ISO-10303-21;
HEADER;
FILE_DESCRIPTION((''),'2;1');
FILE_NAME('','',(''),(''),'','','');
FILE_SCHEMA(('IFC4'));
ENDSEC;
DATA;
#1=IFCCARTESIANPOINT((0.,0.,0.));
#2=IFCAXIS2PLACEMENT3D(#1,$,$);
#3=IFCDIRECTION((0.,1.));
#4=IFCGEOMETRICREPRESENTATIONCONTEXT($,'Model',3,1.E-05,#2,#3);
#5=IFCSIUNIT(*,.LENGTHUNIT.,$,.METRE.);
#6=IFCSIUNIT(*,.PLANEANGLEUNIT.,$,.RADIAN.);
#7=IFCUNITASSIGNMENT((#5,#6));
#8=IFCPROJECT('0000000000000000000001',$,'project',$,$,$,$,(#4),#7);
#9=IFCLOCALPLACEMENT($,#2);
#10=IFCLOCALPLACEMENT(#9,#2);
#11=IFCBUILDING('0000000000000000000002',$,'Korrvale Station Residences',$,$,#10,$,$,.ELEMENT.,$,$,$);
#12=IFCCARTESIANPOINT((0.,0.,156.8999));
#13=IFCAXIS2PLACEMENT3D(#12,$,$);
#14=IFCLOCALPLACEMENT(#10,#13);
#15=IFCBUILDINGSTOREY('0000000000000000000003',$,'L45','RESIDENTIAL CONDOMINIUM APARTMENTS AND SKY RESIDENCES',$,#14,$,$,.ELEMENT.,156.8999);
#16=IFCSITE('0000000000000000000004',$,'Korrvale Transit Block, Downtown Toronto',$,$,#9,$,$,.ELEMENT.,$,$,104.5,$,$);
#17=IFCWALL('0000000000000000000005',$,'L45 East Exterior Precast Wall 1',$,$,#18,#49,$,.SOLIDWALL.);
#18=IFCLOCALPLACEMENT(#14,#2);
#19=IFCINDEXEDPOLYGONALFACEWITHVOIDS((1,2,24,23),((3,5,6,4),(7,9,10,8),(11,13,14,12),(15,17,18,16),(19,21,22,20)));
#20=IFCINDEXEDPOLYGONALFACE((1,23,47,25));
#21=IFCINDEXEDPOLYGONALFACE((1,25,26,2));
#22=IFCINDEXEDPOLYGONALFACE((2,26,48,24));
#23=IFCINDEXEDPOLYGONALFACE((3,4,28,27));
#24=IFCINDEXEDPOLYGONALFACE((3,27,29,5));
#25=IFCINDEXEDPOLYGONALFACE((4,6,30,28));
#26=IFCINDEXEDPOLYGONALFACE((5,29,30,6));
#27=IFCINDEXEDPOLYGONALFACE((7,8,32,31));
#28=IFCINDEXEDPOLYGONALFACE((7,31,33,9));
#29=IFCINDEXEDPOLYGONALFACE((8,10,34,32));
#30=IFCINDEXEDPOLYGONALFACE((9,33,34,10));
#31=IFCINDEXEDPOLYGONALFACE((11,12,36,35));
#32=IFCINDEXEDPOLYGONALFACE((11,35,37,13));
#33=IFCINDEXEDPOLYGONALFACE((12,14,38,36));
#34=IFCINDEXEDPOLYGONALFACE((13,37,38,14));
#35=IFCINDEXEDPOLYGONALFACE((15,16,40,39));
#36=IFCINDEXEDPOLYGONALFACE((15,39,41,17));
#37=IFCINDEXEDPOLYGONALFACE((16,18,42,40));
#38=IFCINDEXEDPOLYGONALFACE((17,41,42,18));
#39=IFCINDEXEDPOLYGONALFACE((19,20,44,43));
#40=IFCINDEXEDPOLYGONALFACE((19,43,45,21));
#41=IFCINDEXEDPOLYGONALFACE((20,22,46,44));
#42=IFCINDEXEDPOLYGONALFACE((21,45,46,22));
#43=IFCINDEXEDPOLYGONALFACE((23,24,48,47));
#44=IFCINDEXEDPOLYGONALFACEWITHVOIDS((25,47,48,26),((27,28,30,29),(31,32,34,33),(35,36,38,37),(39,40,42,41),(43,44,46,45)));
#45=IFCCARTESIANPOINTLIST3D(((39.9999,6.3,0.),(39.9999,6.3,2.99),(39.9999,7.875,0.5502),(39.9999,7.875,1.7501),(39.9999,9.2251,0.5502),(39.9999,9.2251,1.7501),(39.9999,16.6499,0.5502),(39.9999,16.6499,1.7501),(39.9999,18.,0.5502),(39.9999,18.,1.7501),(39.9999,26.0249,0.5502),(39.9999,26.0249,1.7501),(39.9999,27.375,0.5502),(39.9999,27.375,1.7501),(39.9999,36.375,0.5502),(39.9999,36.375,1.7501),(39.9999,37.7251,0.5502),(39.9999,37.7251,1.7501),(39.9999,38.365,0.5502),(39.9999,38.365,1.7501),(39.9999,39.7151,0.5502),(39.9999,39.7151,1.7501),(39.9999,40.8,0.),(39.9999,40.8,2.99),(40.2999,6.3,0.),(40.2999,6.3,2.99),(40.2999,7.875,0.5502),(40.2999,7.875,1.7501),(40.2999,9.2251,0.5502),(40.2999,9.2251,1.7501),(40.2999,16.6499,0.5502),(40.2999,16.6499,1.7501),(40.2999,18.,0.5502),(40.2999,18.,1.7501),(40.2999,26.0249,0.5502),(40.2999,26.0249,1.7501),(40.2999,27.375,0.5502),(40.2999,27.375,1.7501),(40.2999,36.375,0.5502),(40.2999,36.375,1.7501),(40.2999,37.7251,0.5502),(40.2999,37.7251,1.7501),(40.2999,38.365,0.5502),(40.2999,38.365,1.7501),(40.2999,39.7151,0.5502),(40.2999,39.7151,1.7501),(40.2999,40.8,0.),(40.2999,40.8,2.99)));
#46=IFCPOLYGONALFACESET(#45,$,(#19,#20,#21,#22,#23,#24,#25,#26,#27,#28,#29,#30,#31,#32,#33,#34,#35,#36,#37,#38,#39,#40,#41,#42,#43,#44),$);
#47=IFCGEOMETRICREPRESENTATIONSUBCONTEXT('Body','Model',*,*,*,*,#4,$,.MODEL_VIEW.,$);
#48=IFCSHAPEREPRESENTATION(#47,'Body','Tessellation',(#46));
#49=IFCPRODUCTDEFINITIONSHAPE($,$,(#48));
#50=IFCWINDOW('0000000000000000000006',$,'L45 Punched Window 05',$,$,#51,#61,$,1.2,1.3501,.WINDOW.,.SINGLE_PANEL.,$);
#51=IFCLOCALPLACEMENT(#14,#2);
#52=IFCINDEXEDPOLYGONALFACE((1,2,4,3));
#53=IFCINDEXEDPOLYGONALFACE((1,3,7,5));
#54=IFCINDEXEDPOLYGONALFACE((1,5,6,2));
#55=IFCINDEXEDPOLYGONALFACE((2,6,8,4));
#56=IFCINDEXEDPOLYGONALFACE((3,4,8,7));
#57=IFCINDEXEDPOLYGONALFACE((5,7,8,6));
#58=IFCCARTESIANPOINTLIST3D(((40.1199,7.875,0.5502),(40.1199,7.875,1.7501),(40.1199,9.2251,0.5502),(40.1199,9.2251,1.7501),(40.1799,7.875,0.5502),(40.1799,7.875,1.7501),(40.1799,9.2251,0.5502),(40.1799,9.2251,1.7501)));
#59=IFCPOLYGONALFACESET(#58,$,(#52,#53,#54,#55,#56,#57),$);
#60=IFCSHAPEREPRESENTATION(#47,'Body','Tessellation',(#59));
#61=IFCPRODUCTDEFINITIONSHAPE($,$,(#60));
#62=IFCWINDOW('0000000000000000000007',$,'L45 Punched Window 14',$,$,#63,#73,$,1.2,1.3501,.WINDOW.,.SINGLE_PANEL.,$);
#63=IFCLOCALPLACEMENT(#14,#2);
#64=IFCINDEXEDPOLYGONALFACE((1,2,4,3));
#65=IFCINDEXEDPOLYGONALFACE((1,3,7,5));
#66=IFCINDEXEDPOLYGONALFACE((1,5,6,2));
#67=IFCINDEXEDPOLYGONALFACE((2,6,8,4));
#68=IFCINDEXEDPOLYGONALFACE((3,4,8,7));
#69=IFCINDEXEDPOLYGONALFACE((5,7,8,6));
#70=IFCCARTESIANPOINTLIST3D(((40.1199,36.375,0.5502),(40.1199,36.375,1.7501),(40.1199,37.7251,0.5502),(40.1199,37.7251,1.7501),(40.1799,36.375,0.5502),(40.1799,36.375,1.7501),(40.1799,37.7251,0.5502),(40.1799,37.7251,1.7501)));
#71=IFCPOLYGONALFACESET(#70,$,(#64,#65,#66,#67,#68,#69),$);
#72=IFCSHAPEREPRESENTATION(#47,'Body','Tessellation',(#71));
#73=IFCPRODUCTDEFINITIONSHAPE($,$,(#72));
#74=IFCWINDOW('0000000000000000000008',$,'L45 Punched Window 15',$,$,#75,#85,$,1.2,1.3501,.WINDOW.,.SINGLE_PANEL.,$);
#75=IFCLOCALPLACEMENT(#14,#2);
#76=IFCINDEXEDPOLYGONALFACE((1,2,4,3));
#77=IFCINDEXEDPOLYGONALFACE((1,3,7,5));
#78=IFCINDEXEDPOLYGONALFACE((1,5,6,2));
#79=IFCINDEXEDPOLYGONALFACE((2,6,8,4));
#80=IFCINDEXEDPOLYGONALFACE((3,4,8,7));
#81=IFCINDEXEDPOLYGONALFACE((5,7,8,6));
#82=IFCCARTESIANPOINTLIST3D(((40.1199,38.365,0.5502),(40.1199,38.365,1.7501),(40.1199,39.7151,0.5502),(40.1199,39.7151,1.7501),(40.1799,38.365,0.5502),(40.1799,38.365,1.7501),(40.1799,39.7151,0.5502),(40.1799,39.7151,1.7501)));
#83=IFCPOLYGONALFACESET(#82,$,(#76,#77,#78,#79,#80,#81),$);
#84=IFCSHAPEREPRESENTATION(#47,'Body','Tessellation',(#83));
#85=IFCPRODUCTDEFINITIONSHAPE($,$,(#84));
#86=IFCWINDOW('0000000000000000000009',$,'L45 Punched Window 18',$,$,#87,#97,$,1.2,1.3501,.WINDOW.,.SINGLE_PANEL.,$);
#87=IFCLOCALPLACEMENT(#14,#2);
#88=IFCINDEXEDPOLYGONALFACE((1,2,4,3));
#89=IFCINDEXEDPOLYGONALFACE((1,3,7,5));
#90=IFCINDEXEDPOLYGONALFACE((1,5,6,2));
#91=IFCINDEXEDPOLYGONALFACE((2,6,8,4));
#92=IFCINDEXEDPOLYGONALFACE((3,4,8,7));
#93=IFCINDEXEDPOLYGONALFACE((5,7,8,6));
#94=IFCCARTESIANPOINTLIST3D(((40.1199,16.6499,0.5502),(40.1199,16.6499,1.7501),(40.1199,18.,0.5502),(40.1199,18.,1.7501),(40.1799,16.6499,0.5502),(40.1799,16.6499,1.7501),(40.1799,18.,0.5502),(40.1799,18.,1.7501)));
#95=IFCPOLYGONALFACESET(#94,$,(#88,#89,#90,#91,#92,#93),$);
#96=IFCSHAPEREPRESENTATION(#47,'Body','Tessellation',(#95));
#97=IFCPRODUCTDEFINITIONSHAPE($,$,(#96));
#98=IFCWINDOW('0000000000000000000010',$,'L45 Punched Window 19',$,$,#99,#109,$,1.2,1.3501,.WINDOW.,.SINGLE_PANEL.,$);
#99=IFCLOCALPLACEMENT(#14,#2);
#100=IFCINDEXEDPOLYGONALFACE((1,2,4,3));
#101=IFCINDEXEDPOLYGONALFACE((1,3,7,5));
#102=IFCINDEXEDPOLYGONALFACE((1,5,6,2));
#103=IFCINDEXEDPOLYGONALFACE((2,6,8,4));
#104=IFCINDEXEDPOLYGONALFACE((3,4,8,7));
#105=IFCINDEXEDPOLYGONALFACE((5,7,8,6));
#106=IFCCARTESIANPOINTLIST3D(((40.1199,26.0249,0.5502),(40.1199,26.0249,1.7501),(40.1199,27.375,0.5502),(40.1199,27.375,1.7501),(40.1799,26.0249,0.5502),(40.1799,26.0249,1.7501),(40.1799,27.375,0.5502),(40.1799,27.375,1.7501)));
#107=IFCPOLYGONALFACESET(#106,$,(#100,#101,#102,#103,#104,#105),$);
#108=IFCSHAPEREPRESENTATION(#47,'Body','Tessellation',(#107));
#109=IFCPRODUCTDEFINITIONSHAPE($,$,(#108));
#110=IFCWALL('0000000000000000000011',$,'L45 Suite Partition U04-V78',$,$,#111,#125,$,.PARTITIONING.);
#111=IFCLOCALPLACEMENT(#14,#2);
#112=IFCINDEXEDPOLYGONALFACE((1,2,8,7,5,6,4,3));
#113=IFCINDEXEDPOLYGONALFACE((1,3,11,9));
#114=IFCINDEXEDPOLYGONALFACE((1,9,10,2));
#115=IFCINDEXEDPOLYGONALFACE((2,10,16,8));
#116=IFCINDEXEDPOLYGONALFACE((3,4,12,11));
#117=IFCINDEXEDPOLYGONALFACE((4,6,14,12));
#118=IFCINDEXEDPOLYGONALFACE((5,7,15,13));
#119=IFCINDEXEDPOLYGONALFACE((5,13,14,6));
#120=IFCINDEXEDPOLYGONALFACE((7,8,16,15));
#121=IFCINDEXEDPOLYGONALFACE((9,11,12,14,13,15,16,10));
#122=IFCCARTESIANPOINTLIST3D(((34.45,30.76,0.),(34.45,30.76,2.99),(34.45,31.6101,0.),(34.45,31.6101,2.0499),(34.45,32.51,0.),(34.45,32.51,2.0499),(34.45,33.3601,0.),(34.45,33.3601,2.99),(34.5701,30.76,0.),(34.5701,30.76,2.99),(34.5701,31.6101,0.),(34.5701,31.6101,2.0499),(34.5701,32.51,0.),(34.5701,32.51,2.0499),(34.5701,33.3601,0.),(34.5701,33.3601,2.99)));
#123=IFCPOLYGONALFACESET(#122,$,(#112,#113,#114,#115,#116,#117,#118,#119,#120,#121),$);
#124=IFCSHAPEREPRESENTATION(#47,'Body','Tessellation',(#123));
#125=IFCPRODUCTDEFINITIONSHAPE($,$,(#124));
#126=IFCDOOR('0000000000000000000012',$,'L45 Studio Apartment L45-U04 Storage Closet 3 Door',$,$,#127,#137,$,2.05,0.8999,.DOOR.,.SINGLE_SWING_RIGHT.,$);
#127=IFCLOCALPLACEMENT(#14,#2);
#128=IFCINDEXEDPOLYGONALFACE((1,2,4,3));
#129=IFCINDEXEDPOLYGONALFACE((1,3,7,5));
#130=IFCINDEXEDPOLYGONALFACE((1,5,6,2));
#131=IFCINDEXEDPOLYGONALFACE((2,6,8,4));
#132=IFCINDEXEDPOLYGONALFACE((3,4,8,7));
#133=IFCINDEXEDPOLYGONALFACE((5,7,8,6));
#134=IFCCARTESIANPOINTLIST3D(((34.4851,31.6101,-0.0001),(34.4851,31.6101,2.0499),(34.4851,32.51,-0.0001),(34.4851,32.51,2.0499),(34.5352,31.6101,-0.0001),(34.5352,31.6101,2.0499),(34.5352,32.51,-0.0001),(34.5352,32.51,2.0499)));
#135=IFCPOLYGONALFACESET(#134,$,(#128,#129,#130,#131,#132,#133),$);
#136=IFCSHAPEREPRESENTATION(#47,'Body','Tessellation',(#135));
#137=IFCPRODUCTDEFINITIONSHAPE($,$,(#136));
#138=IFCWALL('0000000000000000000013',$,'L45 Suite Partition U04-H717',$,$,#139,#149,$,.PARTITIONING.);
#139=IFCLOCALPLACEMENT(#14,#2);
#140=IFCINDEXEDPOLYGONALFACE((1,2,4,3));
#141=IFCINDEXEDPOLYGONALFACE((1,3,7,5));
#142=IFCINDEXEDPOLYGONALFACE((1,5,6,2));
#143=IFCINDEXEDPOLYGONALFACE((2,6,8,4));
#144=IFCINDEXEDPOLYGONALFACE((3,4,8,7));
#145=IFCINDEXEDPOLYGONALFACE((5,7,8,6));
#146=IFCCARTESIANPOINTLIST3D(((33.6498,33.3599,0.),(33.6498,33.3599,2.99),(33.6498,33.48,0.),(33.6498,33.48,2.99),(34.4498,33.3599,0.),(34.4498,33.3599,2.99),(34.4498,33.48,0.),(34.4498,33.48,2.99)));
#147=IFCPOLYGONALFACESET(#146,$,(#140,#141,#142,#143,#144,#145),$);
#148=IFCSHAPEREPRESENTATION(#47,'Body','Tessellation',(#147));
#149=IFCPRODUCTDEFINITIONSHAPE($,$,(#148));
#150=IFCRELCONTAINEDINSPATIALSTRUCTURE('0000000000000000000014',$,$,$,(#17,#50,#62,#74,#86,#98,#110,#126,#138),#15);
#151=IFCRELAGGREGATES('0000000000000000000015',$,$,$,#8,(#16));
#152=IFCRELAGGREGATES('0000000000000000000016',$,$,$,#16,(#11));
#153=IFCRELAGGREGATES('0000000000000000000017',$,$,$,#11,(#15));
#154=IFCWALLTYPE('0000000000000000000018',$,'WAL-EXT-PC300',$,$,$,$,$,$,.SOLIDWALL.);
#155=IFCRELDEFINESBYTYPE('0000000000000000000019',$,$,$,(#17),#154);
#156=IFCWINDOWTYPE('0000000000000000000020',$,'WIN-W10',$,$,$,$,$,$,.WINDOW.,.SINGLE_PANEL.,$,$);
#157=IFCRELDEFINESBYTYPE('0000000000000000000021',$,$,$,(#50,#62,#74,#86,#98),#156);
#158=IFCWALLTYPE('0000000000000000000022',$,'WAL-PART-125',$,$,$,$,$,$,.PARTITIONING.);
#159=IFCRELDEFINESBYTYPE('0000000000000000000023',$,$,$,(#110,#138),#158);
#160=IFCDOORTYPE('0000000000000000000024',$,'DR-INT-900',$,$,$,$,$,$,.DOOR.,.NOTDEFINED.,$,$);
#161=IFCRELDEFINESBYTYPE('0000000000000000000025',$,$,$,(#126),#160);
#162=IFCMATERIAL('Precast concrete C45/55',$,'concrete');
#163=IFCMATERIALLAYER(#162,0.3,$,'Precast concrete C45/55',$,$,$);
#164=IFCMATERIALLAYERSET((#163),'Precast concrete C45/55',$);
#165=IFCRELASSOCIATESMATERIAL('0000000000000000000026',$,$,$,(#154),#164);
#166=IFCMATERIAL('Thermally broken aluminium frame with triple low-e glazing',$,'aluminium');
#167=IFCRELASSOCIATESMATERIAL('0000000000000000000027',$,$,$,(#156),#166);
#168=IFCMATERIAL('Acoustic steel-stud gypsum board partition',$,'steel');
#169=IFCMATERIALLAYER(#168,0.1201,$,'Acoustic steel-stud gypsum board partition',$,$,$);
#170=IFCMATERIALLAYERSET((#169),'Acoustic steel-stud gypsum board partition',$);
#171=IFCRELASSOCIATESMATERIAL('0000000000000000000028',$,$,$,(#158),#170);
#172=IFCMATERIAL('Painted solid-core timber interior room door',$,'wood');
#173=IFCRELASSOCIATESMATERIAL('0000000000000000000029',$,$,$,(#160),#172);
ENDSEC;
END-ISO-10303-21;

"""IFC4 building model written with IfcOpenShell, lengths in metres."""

from ifc_helpers import new_model, si_unit, direction, frame, frame_2d, origin, place, context, subcontext, project, spatial, rectangle, extrude, material, layer, layer_set, type_object, element, fill, save


model = new_model("IFC4")

# Units and contexts
model_context = context("Model", 3, precision=1e-05, world=origin(), true_north=direction((0.0, 1.0)))
body_context = subcontext(model_context, "Body", "Model", "MODEL_VIEW")
ifc_project = project(units=[si_unit("LENGTHUNIT", "METRE"), si_unit("PLANEANGLEUNIT", "RADIAN")], contexts=[model_context])

# Site, building, storey
site_placement = place(None, origin())
site = spatial("IfcSite", under=ifc_project, at=site_placement, Name="Korrvale Transit Block, Downtown Toronto", CompositionType="ELEMENT", RefElevation=104.5)
building_placement = place(site_placement, origin())
building = spatial("IfcBuilding", under=site, at=building_placement, Name="Korrvale Station Residences", CompositionType="ELEMENT")
storey_placement = place(building_placement, frame((0.0, 0.0, 156.8999)))
storey = spatial("IfcBuildingStorey", under=building, at=storey_placement, Name="L45", Description="RESIDENTIAL CONDOMINIUM APARTMENTS AND SKY RESIDENCES", CompositionType="ELEMENT", Elevation=156.8999)

# Shared definitions
ifc_material_1 = material(Name="Precast concrete C45/55", Category="concrete")
ifc_layer_1 = layer(ifc_material_1, 0.3, Name="Precast concrete C45/55")
ifc_layer_set_1 = layer_set([ifc_layer_1], Name="Precast concrete C45/55")
wall_type_1 = type_object("IfcWallType", Name="WAL-EXT-PC300", PredefinedType="SOLIDWALL", material=ifc_layer_set_1)

# Wall, openings, windows
wall_1_placement = place(storey_placement, frame((40.1499, 40.8, 0.0), z_axis=(0.0, 0.0, 1.0), x_axis=(0.0, -1.0, 0.0)))
wall_1 = element("IfcWall", 1, at=wall_1_placement, inside=storey, type_object=wall_type_1, Name="L45 East Exterior Precast Wall 1", PredefinedType="SOLIDWALL", context=body_context, shape_type="SweptSolid", body=[
    extrude(rectangle(XDim=34.5, YDim=0.3, at=frame_2d((17.25, 0.0))), origin(), (0.0, 0.0, 1.0), 2.99),
])
opening_1_placement = place(wall_1_placement, frame((31.575, 0.0, 0.55)))
opening_1 = element("IfcOpeningElement", 2, at=opening_1_placement, cuts=wall_1, PredefinedType="OPENING", context=body_context, shape_type="SweptSolid", body=[
    extrude(rectangle(XDim=1.3501, YDim=1.2, at=frame_2d((0.675, 0.6001))), frame((0.0, 0.1602, 0.0), z_axis=(0.0, -1.0, 0.0), x_axis=(1.0, 0.0, 0.0)), (0.0, 0.0, 1.0), 0.3201),
])
opening_2_placement = place(wall_1_placement, frame((3.075, 0.0, 0.55)))
opening_2 = element("IfcOpeningElement", 3, at=opening_2_placement, cuts=wall_1, PredefinedType="OPENING", context=body_context, shape_type="SweptSolid", body=[
    extrude(rectangle(XDim=1.3501, YDim=1.2, at=frame_2d((0.675, 0.6001))), frame((0.0, 0.1602, 0.0), z_axis=(0.0, -1.0, 0.0), x_axis=(1.0, 0.0, 0.0)), (0.0, 0.0, 1.0), 0.3201),
])
opening_3_placement = place(wall_1_placement, frame((1.085, 0.0, 0.55)))
opening_3 = element("IfcOpeningElement", 4, at=opening_3_placement, cuts=wall_1, PredefinedType="OPENING", context=body_context, shape_type="SweptSolid", body=[
    extrude(rectangle(XDim=1.3501, YDim=1.2, at=frame_2d((0.675, 0.6001))), frame((0.0, 0.1602, 0.0), z_axis=(0.0, -1.0, 0.0), x_axis=(1.0, 0.0, 0.0)), (0.0, 0.0, 1.0), 0.3201),
])
opening_4_placement = place(wall_1_placement, frame((22.8, 0.0, 0.55)))
opening_4 = element("IfcOpeningElement", 5, at=opening_4_placement, cuts=wall_1, PredefinedType="OPENING", context=body_context, shape_type="SweptSolid", body=[
    extrude(rectangle(XDim=1.3501, YDim=1.2, at=frame_2d((0.675, 0.6001))), frame((0.0, 0.1602, 0.0), z_axis=(0.0, -1.0, 0.0), x_axis=(1.0, 0.0, 0.0)), (0.0, 0.0, 1.0), 0.3201),
])
opening_5_placement = place(wall_1_placement, frame((13.425, 0.0, 0.55)))
opening_5 = element("IfcOpeningElement", 6, at=opening_5_placement, cuts=wall_1, PredefinedType="OPENING", context=body_context, shape_type="SweptSolid", body=[
    extrude(rectangle(XDim=1.3501, YDim=1.2, at=frame_2d((0.675, 0.6001))), frame((0.0, 0.1602, 0.0), z_axis=(0.0, -1.0, 0.0), x_axis=(1.0, 0.0, 0.0)), (0.0, 0.0, 1.0), 0.3201),
])
ifc_material_2 = material(Name="Thermally broken aluminium frame with triple low-e glazing", Category="aluminium")
window_type = type_object("IfcWindowType", Name="WIN-W10", PartitioningType="SINGLE_PANEL", PredefinedType="WINDOW", material=ifc_material_2)
window_1_placement = place(opening_1_placement, origin())
window_1 = element("IfcWindow", 7, at=window_1_placement, inside=storey, type_object=window_type, Name="L45 Punched Window 05", OverallHeight=1.2, OverallWidth=1.3501, PartitioningType="SINGLE_PANEL", PredefinedType="WINDOW", context=body_context, shape_type="SweptSolid", body=[
    extrude(rectangle(XDim=1.3501, YDim=1.2, at=frame_2d((0.675, 0.6001))), frame((0.0, 0.03, 0.0), z_axis=(0.0, -1.0, 0.0), x_axis=(1.0, 0.0, 0.0)), (0.0, 0.0, 1.0), 0.0601),
])
fill(opening_1, window_1)
window_2_placement = place(opening_2_placement, origin())
window_2 = element("IfcWindow", 8, at=window_2_placement, inside=storey, type_object=window_type, Name="L45 Punched Window 14", OverallHeight=1.2, OverallWidth=1.3501, PartitioningType="SINGLE_PANEL", PredefinedType="WINDOW", context=body_context, shape_type="SweptSolid", body=[
    extrude(rectangle(XDim=1.3501, YDim=1.2, at=frame_2d((0.675, 0.6001))), frame((0.0, 0.03, 0.0), z_axis=(0.0, -1.0, 0.0), x_axis=(1.0, 0.0, 0.0)), (0.0, 0.0, 1.0), 0.0601),
])
fill(opening_2, window_2)
window_3_placement = place(opening_3_placement, origin())
window_3 = element("IfcWindow", 9, at=window_3_placement, inside=storey, type_object=window_type, Name="L45 Punched Window 15", OverallHeight=1.2, OverallWidth=1.3501, PartitioningType="SINGLE_PANEL", PredefinedType="WINDOW", context=body_context, shape_type="SweptSolid", body=[
    extrude(rectangle(XDim=1.3501, YDim=1.2, at=frame_2d((0.675, 0.6001))), frame((0.0, 0.03, 0.0), z_axis=(0.0, -1.0, 0.0), x_axis=(1.0, 0.0, 0.0)), (0.0, 0.0, 1.0), 0.0601),
])
fill(opening_3, window_3)
window_4_placement = place(opening_4_placement, origin())
window_4 = element("IfcWindow", 10, at=window_4_placement, inside=storey, type_object=window_type, Name="L45 Punched Window 18", OverallHeight=1.2, OverallWidth=1.3501, PartitioningType="SINGLE_PANEL", PredefinedType="WINDOW", context=body_context, shape_type="SweptSolid", body=[
    extrude(rectangle(XDim=1.3501, YDim=1.2, at=frame_2d((0.675, 0.6001))), frame((0.0, 0.03, 0.0), z_axis=(0.0, -1.0, 0.0), x_axis=(1.0, 0.0, 0.0)), (0.0, 0.0, 1.0), 0.0601),
])
fill(opening_4, window_4)
window_5_placement = place(opening_5_placement, origin())
window_5 = element("IfcWindow", 11, at=window_5_placement, inside=storey, type_object=window_type, Name="L45 Punched Window 19", OverallHeight=1.2, OverallWidth=1.3501, PartitioningType="SINGLE_PANEL", PredefinedType="WINDOW", context=body_context, shape_type="SweptSolid", body=[
    extrude(rectangle(XDim=1.3501, YDim=1.2, at=frame_2d((0.675, 0.6001))), frame((0.0, 0.03, 0.0), z_axis=(0.0, -1.0, 0.0), x_axis=(1.0, 0.0, 0.0)), (0.0, 0.0, 1.0), 0.0601),
])
fill(opening_5, window_5)

# Wall, opening, door
ifc_material_3 = material(Name="Acoustic steel-stud gypsum board partition", Category="steel")
ifc_layer_2 = layer(ifc_material_3, 0.1201, Name="Acoustic steel-stud gypsum board partition")
ifc_layer_set_2 = layer_set([ifc_layer_2], Name="Acoustic steel-stud gypsum board partition")
wall_type_2 = type_object("IfcWallType", Name="WAL-PART-125", PredefinedType="PARTITIONING", material=ifc_layer_set_2)
wall_2_placement = place(storey_placement, frame((34.51, 30.76, 0.0), z_axis=(0.0, 0.0, 1.0), x_axis=(0.0, 1.0, 0.0)))
wall_2 = element("IfcWall", 12, at=wall_2_placement, inside=storey, type_object=wall_type_2, Name="L45 Suite Partition U04-V78", PredefinedType="PARTITIONING", context=body_context, shape_type="SweptSolid", body=[
    extrude(rectangle(XDim=2.6001, YDim=0.1201, at=frame_2d((1.3, 0.0))), origin(), (0.0, 0.0, 1.0), 2.99),
])
opening_6_placement = place(wall_2_placement, frame((0.8501, 0.0, 0.0)))
opening_6 = element("IfcOpeningElement", 13, at=opening_6_placement, cuts=wall_2, PredefinedType="OPENING", context=body_context, shape_type="SweptSolid", body=[
    extrude(rectangle(XDim=0.8999, YDim=2.05, at=frame_2d((0.45, 1.0249))), frame((0.0, 0.0701, 0.0), z_axis=(0.0, -1.0, 0.0), x_axis=(1.0, 0.0, 0.0)), (0.0, 0.0, 1.0), 0.1401),
])
ifc_material_4 = material(Name="Painted solid-core timber interior room door", Category="wood")
door_type = type_object("IfcDoorType", Name="DR-INT-900", OperationType="NOTDEFINED", PredefinedType="DOOR", material=ifc_material_4)
door_1_placement = place(opening_6_placement, origin())
door_1 = element("IfcDoor", 14, at=door_1_placement, inside=storey, type_object=door_type, Name="L45 Studio Apartment L45-U04 Storage Closet 3 Door", OperationType="SINGLE_SWING_RIGHT", OverallHeight=2.05, OverallWidth=0.8999, PredefinedType="DOOR", context=body_context, shape_type="SweptSolid", body=[
    extrude(rectangle(XDim=0.8999, YDim=2.05, at=frame_2d((0.45, 1.0249))), frame((0.0, 0.0249, 0.0), z_axis=(0.0, -1.0, 0.0), x_axis=(1.0, 0.0, 0.0)), (0.0, 0.0, 1.0), 0.05),
])
fill(opening_6, door_1)

# Wall
wall_3_placement = place(storey_placement, frame((33.6499, 33.4199, 0.0), z_axis=(0.0, 0.0, 1.0), x_axis=(1.0, 0.0, 0.0)))
element("IfcWall", 15, at=wall_3_placement, inside=storey, type_object=wall_type_2, Name="L45 Suite Partition U04-H717", PredefinedType="PARTITIONING", context=body_context, shape_type="SweptSolid", body=[
    extrude(rectangle(XDim=0.8, YDim=0.1201, at=frame_2d((0.3999, 0.0))), origin(), (0.0, 0.0, 1.0), 2.99),
])

save(model, "model.ifc")
